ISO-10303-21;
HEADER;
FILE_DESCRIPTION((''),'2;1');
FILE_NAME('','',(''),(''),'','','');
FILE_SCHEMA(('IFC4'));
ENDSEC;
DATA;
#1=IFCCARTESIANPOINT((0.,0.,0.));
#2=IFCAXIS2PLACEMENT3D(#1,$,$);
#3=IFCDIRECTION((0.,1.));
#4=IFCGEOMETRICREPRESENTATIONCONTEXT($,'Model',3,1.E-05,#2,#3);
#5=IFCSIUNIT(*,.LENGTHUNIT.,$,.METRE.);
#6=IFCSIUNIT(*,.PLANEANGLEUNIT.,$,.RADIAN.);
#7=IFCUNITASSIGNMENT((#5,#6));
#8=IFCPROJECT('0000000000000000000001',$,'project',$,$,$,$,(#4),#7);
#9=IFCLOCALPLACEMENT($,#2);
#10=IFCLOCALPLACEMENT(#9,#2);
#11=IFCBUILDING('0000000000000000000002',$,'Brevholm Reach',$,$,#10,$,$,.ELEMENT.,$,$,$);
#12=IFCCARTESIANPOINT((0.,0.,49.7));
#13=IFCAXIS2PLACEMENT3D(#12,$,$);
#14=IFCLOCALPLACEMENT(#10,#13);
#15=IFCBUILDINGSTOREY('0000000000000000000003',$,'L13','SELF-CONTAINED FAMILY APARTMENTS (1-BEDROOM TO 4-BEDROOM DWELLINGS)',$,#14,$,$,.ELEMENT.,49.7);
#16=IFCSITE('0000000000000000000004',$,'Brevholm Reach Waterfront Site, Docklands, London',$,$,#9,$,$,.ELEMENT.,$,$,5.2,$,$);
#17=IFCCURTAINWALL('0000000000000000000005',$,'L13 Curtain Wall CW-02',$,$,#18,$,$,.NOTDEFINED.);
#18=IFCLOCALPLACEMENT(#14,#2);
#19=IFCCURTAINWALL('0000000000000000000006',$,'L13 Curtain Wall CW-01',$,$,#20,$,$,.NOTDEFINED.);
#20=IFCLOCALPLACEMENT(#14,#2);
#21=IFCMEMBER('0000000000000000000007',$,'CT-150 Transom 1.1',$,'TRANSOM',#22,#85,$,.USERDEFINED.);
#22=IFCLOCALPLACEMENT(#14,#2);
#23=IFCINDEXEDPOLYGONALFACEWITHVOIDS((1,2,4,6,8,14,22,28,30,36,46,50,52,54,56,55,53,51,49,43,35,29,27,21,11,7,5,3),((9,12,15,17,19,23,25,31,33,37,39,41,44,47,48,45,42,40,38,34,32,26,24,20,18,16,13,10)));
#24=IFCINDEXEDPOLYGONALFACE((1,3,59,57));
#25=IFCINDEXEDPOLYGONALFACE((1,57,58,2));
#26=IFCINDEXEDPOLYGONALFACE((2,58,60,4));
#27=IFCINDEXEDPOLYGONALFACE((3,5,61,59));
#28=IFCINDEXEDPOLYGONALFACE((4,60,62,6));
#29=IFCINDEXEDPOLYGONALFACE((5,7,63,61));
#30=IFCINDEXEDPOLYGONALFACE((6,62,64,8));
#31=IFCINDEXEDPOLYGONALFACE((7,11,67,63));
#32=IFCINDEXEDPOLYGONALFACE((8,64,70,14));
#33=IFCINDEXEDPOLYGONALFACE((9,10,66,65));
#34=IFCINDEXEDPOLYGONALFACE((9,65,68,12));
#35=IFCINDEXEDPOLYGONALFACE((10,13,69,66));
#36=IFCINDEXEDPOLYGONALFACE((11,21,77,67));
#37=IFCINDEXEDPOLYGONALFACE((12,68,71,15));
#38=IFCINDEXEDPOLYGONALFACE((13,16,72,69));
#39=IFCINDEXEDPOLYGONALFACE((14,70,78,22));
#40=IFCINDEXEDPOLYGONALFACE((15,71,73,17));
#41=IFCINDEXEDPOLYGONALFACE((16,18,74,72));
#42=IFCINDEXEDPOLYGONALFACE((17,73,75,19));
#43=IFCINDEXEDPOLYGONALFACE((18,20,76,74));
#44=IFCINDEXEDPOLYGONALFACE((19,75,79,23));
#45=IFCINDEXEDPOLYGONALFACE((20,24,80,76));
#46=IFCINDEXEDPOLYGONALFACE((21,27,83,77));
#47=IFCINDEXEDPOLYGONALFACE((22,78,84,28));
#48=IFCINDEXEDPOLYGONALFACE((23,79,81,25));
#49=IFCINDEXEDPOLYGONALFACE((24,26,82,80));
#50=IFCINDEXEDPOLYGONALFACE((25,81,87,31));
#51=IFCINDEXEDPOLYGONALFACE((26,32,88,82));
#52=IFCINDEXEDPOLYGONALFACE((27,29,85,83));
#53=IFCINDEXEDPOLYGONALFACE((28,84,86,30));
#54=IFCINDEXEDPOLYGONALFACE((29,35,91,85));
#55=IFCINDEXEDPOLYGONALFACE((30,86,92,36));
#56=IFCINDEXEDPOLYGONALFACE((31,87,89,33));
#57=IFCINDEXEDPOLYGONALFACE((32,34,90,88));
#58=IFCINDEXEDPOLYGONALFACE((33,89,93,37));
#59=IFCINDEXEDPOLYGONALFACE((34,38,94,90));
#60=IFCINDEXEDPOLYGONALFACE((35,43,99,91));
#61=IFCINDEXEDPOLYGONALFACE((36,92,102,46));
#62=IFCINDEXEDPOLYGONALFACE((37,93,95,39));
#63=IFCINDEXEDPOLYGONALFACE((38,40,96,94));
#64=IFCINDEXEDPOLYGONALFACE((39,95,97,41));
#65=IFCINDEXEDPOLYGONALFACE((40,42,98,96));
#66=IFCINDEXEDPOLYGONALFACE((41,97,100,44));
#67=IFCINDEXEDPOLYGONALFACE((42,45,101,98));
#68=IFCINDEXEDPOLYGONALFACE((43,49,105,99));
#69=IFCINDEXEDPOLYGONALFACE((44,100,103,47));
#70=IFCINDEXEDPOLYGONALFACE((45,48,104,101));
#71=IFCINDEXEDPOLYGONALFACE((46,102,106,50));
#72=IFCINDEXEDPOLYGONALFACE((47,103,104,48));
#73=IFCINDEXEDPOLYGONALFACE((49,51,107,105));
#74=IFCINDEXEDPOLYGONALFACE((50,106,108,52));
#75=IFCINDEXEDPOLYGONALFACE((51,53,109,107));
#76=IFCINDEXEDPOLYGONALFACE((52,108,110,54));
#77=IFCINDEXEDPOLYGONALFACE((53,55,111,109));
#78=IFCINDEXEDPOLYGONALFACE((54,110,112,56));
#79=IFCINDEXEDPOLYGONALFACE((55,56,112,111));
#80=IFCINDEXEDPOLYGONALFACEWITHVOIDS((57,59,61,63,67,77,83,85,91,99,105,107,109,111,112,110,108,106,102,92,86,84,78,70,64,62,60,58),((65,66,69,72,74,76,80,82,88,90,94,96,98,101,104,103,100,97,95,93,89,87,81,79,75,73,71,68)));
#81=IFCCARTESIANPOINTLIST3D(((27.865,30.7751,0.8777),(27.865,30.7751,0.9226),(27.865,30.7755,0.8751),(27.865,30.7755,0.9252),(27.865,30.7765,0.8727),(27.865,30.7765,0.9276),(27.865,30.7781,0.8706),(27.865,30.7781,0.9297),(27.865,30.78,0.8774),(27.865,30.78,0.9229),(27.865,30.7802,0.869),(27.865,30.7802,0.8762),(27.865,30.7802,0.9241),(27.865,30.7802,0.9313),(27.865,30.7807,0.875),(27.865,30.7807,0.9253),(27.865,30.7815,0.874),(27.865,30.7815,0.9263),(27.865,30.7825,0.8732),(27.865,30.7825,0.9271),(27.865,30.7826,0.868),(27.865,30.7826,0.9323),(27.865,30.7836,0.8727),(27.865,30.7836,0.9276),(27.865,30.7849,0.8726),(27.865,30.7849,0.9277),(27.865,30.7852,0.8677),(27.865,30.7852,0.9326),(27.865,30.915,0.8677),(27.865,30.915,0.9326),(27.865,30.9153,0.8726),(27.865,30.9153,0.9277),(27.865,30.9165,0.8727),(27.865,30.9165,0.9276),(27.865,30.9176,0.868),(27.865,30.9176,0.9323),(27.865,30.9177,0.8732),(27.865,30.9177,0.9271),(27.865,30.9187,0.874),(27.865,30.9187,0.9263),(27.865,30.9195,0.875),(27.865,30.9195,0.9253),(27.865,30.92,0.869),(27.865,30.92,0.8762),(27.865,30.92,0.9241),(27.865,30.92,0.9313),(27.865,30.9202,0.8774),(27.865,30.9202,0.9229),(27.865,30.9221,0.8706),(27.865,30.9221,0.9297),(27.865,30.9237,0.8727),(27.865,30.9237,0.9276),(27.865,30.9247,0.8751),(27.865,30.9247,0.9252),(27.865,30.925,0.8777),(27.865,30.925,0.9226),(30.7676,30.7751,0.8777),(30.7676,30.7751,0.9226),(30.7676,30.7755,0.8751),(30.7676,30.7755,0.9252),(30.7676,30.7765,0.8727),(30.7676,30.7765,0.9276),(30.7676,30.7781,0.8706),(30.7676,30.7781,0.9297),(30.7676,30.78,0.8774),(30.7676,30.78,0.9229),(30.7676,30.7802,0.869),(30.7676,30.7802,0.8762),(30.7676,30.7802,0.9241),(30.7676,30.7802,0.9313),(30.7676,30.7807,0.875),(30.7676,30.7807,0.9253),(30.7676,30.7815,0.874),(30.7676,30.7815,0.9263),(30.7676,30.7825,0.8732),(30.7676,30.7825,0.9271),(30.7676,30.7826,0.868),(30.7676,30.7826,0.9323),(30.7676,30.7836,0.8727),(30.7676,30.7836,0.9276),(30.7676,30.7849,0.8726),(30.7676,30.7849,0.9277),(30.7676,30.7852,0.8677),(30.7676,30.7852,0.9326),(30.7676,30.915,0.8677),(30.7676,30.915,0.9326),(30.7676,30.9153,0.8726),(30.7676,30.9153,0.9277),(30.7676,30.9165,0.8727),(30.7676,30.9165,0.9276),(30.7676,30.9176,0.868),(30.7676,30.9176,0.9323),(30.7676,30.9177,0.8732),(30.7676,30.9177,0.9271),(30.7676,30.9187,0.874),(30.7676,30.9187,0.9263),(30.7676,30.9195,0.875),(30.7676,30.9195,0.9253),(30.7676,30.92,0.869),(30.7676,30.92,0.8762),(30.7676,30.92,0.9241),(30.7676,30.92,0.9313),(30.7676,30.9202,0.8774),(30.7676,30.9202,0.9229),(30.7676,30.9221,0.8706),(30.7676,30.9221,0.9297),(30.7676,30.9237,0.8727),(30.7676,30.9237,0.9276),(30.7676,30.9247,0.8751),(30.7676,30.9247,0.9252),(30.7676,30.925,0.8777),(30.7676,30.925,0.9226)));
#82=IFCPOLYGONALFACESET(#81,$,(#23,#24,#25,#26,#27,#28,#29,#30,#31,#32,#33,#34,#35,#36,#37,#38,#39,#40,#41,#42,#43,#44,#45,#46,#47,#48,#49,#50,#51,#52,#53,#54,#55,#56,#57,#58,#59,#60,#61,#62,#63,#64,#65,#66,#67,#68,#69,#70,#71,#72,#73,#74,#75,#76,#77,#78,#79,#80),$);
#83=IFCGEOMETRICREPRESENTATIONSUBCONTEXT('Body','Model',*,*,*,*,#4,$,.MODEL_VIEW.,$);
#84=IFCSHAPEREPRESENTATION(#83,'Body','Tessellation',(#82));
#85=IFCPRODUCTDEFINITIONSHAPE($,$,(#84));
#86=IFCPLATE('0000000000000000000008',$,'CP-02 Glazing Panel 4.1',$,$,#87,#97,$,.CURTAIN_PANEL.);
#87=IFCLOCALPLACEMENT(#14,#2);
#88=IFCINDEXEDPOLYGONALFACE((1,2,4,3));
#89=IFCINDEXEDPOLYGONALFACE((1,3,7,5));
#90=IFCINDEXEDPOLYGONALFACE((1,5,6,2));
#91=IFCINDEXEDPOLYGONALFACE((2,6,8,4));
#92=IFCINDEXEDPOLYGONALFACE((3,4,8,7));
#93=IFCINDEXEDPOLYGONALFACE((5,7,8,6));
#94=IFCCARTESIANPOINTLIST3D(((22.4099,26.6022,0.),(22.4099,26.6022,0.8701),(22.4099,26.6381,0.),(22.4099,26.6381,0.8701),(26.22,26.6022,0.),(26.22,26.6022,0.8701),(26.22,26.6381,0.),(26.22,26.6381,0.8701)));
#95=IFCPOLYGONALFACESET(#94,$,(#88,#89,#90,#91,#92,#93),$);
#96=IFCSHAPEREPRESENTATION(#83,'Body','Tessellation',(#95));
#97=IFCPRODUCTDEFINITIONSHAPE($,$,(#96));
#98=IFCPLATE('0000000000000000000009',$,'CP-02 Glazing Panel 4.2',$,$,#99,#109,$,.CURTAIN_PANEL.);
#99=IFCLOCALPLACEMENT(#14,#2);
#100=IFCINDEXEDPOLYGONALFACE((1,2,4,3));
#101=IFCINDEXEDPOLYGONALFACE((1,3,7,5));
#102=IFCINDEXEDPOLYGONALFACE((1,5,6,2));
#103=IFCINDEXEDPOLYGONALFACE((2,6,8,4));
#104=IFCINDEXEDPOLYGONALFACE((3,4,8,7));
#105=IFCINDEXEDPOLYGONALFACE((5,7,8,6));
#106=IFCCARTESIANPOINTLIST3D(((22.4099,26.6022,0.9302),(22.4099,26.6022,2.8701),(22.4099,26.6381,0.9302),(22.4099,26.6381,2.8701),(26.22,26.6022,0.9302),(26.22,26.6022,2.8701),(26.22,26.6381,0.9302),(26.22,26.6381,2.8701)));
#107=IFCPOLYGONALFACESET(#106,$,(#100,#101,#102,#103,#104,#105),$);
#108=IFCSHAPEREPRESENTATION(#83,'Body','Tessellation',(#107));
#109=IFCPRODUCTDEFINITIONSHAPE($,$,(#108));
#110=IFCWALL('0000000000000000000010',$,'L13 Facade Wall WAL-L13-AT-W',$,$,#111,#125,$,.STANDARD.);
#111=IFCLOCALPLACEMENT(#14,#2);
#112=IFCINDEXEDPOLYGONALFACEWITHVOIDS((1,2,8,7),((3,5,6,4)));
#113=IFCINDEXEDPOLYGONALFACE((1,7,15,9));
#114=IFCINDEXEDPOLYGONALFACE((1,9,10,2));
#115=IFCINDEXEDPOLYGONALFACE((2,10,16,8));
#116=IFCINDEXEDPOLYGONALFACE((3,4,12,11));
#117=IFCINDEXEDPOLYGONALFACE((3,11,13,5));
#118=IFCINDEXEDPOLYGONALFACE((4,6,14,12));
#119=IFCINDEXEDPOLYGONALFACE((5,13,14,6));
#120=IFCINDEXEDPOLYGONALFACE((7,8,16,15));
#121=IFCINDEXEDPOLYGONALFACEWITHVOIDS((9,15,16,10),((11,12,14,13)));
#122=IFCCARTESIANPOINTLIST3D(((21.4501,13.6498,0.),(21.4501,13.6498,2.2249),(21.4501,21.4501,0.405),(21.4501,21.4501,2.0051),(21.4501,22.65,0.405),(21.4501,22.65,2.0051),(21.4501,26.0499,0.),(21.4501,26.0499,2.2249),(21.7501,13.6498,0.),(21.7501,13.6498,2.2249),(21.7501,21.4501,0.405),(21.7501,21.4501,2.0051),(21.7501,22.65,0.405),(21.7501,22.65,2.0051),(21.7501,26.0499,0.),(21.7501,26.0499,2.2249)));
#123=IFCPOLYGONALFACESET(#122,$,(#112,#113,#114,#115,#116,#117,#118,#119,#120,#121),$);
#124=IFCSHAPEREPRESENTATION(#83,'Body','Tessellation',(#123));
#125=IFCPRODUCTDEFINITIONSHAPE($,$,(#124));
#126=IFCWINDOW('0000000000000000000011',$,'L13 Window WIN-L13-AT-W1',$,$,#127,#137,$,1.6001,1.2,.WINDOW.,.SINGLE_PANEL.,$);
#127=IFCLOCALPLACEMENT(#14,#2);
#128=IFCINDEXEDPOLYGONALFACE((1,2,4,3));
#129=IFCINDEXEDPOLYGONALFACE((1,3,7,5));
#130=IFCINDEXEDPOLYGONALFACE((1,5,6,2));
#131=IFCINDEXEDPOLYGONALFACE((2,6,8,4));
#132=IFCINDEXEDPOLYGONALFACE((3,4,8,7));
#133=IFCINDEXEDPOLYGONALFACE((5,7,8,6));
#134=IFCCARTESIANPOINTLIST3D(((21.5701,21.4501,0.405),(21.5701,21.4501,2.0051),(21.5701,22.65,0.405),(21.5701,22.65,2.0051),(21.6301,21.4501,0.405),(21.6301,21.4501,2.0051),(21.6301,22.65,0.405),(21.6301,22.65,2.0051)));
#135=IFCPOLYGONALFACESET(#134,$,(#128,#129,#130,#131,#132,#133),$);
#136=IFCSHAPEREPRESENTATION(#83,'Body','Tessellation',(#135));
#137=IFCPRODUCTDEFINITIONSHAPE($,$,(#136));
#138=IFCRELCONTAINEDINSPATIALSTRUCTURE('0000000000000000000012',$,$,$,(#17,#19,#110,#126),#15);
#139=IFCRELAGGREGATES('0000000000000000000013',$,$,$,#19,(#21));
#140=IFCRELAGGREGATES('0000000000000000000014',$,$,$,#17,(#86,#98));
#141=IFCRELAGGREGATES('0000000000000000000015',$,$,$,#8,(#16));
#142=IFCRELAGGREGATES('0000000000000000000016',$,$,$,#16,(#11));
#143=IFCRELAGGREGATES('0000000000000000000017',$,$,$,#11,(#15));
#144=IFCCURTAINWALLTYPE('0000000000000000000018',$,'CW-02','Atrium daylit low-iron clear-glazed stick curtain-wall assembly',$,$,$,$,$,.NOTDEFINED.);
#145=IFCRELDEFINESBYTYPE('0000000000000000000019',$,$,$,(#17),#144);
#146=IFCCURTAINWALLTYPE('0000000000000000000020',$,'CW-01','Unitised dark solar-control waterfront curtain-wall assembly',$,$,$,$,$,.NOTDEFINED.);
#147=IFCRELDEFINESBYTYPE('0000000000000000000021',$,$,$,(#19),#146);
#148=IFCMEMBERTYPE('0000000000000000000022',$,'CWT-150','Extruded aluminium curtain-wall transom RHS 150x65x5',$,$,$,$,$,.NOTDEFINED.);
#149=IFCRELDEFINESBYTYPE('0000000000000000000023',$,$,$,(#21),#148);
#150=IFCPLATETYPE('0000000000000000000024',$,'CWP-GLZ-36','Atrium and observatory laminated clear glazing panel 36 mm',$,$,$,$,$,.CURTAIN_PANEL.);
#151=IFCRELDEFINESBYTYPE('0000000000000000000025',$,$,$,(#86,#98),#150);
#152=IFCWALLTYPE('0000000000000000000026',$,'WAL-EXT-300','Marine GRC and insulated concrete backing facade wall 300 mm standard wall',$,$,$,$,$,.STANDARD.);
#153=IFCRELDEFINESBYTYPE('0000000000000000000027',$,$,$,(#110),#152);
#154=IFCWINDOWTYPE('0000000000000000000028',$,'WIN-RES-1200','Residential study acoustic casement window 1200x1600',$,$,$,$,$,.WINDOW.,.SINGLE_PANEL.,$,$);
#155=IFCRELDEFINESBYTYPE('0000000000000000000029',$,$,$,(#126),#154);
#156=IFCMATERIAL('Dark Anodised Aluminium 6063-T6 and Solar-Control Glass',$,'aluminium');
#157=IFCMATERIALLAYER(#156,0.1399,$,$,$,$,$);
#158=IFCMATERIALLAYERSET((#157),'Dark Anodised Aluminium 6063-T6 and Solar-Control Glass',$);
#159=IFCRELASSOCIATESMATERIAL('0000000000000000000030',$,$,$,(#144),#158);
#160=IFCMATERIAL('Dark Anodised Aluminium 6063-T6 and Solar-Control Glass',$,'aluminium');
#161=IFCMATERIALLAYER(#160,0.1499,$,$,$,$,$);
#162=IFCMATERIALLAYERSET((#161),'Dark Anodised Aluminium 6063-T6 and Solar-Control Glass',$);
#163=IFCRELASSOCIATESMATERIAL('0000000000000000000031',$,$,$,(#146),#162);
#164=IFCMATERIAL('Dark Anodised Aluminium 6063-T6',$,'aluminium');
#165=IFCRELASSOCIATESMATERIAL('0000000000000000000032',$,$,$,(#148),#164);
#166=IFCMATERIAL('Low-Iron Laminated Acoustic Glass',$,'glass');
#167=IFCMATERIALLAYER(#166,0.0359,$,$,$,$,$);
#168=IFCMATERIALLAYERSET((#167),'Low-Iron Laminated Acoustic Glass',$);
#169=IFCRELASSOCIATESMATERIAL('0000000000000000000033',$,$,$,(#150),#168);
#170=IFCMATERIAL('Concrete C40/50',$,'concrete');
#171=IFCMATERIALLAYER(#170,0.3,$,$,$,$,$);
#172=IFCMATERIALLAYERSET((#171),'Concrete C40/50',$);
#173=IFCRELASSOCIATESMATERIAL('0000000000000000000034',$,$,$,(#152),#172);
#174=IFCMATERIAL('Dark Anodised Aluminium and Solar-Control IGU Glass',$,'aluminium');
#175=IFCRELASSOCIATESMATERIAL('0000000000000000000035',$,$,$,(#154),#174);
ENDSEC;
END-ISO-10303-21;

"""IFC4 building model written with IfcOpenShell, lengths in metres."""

from ifc_helpers import new_model, si_unit, direction, frame, frame_2d, origin, origin_2d, place, context, subcontext, project, spatial, rectangle, hollow_rectangle, extrude, material, layer, layer_set, material_profile, profile_set, type_object, element, fill, aggregate, save


model = new_model("IFC4")

# Units and contexts
model_context = context("Model", 3, precision=1e-05, world=origin(), true_north=direction((0.0, 1.0)))
body_context = subcontext(model_context, "Body", "Model", "MODEL_VIEW")
ifc_project = project(units=[si_unit("LENGTHUNIT", "METRE"), si_unit("PLANEANGLEUNIT", "RADIAN")], contexts=[model_context])

# Site, building, storey
site_placement = place(None, origin())
site = spatial("IfcSite", under=ifc_project, at=site_placement, Name="Brevholm Reach Waterfront Site, Docklands, London", CompositionType="ELEMENT", RefElevation=5.2)
building_placement = place(site_placement, origin())
building = spatial("IfcBuilding", under=site, at=building_placement, Name="Brevholm Reach", CompositionType="ELEMENT")
storey_placement = place(building_placement, frame((0.0, 0.0, 49.7)))
storey = spatial("IfcBuildingStorey", under=building, at=storey_placement, Name="L13", Description="SELF-CONTAINED FAMILY APARTMENTS (1-BEDROOM TO 4-BEDROOM DWELLINGS)", CompositionType="ELEMENT", Elevation=49.7)

# Curtain wall
ifc_material_1 = material(Name="Dark Anodised Aluminium 6063-T6 and Solar-Control Glass", Category="aluminium")
ifc_layer_1 = layer(ifc_material_1, 0.1399)
ifc_layer_set_1 = layer_set([ifc_layer_1], Name="Dark Anodised Aluminium 6063-T6 and Solar-Control Glass")
curtain_wall_type_1 = type_object("IfcCurtainWallType", Name="CW-02", Description="Atrium daylit low-iron clear-glazed stick curtain-wall assembly", PredefinedType="NOTDEFINED", material=ifc_layer_set_1)
curtain_wall_1_placement = place(storey_placement, origin())
curtain_wall_1 = element("IfcCurtainWall", 1, at=curtain_wall_1_placement, inside=storey, type_object=curtain_wall_type_1, Name="L13 Curtain Wall CW-02", PredefinedType="NOTDEFINED")

# Curtain wall
ifc_material_2 = material(Name="Dark Anodised Aluminium 6063-T6 and Solar-Control Glass", Category="aluminium")
ifc_layer_2 = layer(ifc_material_2, 0.1499)
ifc_layer_set_2 = layer_set([ifc_layer_2], Name="Dark Anodised Aluminium 6063-T6 and Solar-Control Glass")
curtain_wall_type_2 = type_object("IfcCurtainWallType", Name="CW-01", Description="Unitised dark solar-control waterfront curtain-wall assembly", PredefinedType="NOTDEFINED", material=ifc_layer_set_2)
curtain_wall_2_placement = place(storey_placement, origin())
curtain_wall_2 = element("IfcCurtainWall", 2, at=curtain_wall_2_placement, inside=storey, type_object=curtain_wall_type_2, Name="L13 Curtain Wall CW-01", PredefinedType="NOTDEFINED")

# Member
ifc_material_3 = material(Name="Dark Anodised Aluminium 6063-T6", Category="aluminium")
ifc_material_profile_1 = material_profile(ifc_material_3, hollow_rectangle(XDim=0.0649, YDim=0.1499, WallThickness=0.0049, InnerFilletRadius=0.0049, OuterFilletRadius=0.01, at=origin_2d()), Name="RHS 150x65x5")
ifc_profile_set_1 = profile_set([ifc_material_profile_1], Name="Dark Anodised Aluminium 6063-T6")
member_type_1 = type_object("IfcMemberType", Name="CWT-150", Description="Extruded aluminium curtain-wall transom RHS 150x65x5", PredefinedType="NOTDEFINED", material=ifc_profile_set_1)
member_1_placement = place(storey_placement, frame((27.865, 30.8501, 0.9001), z_axis=(1.0, 0.0, 0.0), x_axis=(0.0, 0.0, 1.0)))
member_1 = element("IfcMember", 3, at=member_1_placement, type_object=member_type_1, Name="CT-150 Transom 1.1", ObjectType="TRANSOM", PredefinedType="USERDEFINED", context=body_context, shape_type="SweptSolid", body=[
    extrude(hollow_rectangle(XDim=0.0649, YDim=0.1499, WallThickness=0.0049, InnerFilletRadius=0.0049, OuterFilletRadius=0.01, at=origin_2d()), origin(), (0.0, 0.0, 1.0), 2.9026),
])
aggregate(curtain_wall_2, [member_1])

# Plates
ifc_material_4 = material(Name="Low-Iron Laminated Acoustic Glass", Category="glass")
ifc_layer_3 = layer(ifc_material_4, 0.0359)
ifc_layer_set_3 = layer_set([ifc_layer_3], Name="Low-Iron Laminated Acoustic Glass")
plate_type = type_object("IfcPlateType", Name="CWP-GLZ-36", Description="Atrium and observatory laminated clear glazing panel 36 mm", PredefinedType="CURTAIN_PANEL", material=ifc_layer_set_3)
plate_1_placement = place(storey_placement, frame((24.3149, 26.6201, 0.0), z_axis=(0.0, 0.0, 1.0), x_axis=(-1.0, 0.0, 0.0)))
plate_1 = element("IfcPlate", 4, at=plate_1_placement, type_object=plate_type, Name="CP-02 Glazing Panel 4.1", PredefinedType="CURTAIN_PANEL", context=body_context, shape_type="SweptSolid", body=[
    extrude(rectangle(XDim=3.8101, YDim=0.0359, at=origin_2d()), origin(), (0.0, 0.0, 1.0), 0.8701),
])
plate_2_placement = place(storey_placement, frame((24.3149, 26.6201, 0.9302), z_axis=(0.0, 0.0, 1.0), x_axis=(-1.0, 0.0, 0.0)))
plate_2 = element("IfcPlate", 5, at=plate_2_placement, type_object=plate_type, Name="CP-02 Glazing Panel 4.2", PredefinedType="CURTAIN_PANEL", context=body_context, shape_type="SweptSolid", body=[
    extrude(rectangle(XDim=3.8101, YDim=0.0359, at=origin_2d()), origin(), (0.0, 0.0, 1.0), 1.9399),
])
aggregate(curtain_wall_1, [plate_1, plate_2])

# Wall, opening, window
ifc_material_5 = material(Name="Concrete C40/50", Category="concrete")
ifc_layer_4 = layer(ifc_material_5, 0.3)
ifc_layer_set_4 = layer_set([ifc_layer_4], Name="Concrete C40/50")
wall_type = type_object("IfcWallType", Name="WAL-EXT-300", Description="Marine GRC and insulated concrete backing facade wall 300 mm standard wall", PredefinedType="STANDARD", material=ifc_layer_set_4)
wall_placement = place(storey_placement, frame((21.6001, 26.05, 0.0), z_axis=(0.0, 0.0, 1.0), x_axis=(0.0, -1.0, 0.0)))
wall = element("IfcWall", 6, at=wall_placement, inside=storey, type_object=wall_type, Name="L13 Facade Wall WAL-L13-AT-W", PredefinedType="STANDARD", context=body_context, shape_type="SweptSolid", body=[
    extrude(rectangle(XDim=12.4001, YDim=0.3, at=frame_2d((6.2002, 0.0))), origin(), (0.0, 0.0, 1.0), 2.2249),
])
opening_placement = place(wall_placement, frame((3.3999, 0.0, 0.405)))
opening = element("IfcOpeningElement", 7, at=opening_placement, cuts=wall, PredefinedType="OPENING", context=body_context, shape_type="SweptSolid", body=[
    extrude(rectangle(XDim=1.2, YDim=1.6001, at=frame_2d((0.6001, 0.8))), frame((0.0, 0.1599, 0.0), z_axis=(0.0, -1.0, 0.0), x_axis=(1.0, 0.0, 0.0)), (0.0, 0.0, 1.0), 0.3201),
])
ifc_material_6 = material(Name="Dark Anodised Aluminium and Solar-Control IGU Glass", Category="aluminium")
window_type = type_object("IfcWindowType", Name="WIN-RES-1200", Description="Residential study acoustic casement window 1200x1600", PartitioningType="SINGLE_PANEL", PredefinedType="WINDOW", material=ifc_material_6)
window_placement = place(opening_placement, origin())
window = element("IfcWindow", 8, at=window_placement, inside=storey, type_object=window_type, Name="L13 Window WIN-L13-AT-W1", OverallHeight=1.6001, OverallWidth=1.2, PartitioningType="SINGLE_PANEL", PredefinedType="WINDOW", context=body_context, shape_type="SweptSolid", body=[
    extrude(rectangle(XDim=1.2, YDim=1.6001, at=frame_2d((0.6001, 0.8))), frame((0.0, 0.03, 0.0), z_axis=(0.0, -1.0, 0.0), x_axis=(1.0, 0.0, 0.0)), (0.0, 0.0, 1.0), 0.0601),
])
fill(opening, window)

save(model, "model.ifc")
